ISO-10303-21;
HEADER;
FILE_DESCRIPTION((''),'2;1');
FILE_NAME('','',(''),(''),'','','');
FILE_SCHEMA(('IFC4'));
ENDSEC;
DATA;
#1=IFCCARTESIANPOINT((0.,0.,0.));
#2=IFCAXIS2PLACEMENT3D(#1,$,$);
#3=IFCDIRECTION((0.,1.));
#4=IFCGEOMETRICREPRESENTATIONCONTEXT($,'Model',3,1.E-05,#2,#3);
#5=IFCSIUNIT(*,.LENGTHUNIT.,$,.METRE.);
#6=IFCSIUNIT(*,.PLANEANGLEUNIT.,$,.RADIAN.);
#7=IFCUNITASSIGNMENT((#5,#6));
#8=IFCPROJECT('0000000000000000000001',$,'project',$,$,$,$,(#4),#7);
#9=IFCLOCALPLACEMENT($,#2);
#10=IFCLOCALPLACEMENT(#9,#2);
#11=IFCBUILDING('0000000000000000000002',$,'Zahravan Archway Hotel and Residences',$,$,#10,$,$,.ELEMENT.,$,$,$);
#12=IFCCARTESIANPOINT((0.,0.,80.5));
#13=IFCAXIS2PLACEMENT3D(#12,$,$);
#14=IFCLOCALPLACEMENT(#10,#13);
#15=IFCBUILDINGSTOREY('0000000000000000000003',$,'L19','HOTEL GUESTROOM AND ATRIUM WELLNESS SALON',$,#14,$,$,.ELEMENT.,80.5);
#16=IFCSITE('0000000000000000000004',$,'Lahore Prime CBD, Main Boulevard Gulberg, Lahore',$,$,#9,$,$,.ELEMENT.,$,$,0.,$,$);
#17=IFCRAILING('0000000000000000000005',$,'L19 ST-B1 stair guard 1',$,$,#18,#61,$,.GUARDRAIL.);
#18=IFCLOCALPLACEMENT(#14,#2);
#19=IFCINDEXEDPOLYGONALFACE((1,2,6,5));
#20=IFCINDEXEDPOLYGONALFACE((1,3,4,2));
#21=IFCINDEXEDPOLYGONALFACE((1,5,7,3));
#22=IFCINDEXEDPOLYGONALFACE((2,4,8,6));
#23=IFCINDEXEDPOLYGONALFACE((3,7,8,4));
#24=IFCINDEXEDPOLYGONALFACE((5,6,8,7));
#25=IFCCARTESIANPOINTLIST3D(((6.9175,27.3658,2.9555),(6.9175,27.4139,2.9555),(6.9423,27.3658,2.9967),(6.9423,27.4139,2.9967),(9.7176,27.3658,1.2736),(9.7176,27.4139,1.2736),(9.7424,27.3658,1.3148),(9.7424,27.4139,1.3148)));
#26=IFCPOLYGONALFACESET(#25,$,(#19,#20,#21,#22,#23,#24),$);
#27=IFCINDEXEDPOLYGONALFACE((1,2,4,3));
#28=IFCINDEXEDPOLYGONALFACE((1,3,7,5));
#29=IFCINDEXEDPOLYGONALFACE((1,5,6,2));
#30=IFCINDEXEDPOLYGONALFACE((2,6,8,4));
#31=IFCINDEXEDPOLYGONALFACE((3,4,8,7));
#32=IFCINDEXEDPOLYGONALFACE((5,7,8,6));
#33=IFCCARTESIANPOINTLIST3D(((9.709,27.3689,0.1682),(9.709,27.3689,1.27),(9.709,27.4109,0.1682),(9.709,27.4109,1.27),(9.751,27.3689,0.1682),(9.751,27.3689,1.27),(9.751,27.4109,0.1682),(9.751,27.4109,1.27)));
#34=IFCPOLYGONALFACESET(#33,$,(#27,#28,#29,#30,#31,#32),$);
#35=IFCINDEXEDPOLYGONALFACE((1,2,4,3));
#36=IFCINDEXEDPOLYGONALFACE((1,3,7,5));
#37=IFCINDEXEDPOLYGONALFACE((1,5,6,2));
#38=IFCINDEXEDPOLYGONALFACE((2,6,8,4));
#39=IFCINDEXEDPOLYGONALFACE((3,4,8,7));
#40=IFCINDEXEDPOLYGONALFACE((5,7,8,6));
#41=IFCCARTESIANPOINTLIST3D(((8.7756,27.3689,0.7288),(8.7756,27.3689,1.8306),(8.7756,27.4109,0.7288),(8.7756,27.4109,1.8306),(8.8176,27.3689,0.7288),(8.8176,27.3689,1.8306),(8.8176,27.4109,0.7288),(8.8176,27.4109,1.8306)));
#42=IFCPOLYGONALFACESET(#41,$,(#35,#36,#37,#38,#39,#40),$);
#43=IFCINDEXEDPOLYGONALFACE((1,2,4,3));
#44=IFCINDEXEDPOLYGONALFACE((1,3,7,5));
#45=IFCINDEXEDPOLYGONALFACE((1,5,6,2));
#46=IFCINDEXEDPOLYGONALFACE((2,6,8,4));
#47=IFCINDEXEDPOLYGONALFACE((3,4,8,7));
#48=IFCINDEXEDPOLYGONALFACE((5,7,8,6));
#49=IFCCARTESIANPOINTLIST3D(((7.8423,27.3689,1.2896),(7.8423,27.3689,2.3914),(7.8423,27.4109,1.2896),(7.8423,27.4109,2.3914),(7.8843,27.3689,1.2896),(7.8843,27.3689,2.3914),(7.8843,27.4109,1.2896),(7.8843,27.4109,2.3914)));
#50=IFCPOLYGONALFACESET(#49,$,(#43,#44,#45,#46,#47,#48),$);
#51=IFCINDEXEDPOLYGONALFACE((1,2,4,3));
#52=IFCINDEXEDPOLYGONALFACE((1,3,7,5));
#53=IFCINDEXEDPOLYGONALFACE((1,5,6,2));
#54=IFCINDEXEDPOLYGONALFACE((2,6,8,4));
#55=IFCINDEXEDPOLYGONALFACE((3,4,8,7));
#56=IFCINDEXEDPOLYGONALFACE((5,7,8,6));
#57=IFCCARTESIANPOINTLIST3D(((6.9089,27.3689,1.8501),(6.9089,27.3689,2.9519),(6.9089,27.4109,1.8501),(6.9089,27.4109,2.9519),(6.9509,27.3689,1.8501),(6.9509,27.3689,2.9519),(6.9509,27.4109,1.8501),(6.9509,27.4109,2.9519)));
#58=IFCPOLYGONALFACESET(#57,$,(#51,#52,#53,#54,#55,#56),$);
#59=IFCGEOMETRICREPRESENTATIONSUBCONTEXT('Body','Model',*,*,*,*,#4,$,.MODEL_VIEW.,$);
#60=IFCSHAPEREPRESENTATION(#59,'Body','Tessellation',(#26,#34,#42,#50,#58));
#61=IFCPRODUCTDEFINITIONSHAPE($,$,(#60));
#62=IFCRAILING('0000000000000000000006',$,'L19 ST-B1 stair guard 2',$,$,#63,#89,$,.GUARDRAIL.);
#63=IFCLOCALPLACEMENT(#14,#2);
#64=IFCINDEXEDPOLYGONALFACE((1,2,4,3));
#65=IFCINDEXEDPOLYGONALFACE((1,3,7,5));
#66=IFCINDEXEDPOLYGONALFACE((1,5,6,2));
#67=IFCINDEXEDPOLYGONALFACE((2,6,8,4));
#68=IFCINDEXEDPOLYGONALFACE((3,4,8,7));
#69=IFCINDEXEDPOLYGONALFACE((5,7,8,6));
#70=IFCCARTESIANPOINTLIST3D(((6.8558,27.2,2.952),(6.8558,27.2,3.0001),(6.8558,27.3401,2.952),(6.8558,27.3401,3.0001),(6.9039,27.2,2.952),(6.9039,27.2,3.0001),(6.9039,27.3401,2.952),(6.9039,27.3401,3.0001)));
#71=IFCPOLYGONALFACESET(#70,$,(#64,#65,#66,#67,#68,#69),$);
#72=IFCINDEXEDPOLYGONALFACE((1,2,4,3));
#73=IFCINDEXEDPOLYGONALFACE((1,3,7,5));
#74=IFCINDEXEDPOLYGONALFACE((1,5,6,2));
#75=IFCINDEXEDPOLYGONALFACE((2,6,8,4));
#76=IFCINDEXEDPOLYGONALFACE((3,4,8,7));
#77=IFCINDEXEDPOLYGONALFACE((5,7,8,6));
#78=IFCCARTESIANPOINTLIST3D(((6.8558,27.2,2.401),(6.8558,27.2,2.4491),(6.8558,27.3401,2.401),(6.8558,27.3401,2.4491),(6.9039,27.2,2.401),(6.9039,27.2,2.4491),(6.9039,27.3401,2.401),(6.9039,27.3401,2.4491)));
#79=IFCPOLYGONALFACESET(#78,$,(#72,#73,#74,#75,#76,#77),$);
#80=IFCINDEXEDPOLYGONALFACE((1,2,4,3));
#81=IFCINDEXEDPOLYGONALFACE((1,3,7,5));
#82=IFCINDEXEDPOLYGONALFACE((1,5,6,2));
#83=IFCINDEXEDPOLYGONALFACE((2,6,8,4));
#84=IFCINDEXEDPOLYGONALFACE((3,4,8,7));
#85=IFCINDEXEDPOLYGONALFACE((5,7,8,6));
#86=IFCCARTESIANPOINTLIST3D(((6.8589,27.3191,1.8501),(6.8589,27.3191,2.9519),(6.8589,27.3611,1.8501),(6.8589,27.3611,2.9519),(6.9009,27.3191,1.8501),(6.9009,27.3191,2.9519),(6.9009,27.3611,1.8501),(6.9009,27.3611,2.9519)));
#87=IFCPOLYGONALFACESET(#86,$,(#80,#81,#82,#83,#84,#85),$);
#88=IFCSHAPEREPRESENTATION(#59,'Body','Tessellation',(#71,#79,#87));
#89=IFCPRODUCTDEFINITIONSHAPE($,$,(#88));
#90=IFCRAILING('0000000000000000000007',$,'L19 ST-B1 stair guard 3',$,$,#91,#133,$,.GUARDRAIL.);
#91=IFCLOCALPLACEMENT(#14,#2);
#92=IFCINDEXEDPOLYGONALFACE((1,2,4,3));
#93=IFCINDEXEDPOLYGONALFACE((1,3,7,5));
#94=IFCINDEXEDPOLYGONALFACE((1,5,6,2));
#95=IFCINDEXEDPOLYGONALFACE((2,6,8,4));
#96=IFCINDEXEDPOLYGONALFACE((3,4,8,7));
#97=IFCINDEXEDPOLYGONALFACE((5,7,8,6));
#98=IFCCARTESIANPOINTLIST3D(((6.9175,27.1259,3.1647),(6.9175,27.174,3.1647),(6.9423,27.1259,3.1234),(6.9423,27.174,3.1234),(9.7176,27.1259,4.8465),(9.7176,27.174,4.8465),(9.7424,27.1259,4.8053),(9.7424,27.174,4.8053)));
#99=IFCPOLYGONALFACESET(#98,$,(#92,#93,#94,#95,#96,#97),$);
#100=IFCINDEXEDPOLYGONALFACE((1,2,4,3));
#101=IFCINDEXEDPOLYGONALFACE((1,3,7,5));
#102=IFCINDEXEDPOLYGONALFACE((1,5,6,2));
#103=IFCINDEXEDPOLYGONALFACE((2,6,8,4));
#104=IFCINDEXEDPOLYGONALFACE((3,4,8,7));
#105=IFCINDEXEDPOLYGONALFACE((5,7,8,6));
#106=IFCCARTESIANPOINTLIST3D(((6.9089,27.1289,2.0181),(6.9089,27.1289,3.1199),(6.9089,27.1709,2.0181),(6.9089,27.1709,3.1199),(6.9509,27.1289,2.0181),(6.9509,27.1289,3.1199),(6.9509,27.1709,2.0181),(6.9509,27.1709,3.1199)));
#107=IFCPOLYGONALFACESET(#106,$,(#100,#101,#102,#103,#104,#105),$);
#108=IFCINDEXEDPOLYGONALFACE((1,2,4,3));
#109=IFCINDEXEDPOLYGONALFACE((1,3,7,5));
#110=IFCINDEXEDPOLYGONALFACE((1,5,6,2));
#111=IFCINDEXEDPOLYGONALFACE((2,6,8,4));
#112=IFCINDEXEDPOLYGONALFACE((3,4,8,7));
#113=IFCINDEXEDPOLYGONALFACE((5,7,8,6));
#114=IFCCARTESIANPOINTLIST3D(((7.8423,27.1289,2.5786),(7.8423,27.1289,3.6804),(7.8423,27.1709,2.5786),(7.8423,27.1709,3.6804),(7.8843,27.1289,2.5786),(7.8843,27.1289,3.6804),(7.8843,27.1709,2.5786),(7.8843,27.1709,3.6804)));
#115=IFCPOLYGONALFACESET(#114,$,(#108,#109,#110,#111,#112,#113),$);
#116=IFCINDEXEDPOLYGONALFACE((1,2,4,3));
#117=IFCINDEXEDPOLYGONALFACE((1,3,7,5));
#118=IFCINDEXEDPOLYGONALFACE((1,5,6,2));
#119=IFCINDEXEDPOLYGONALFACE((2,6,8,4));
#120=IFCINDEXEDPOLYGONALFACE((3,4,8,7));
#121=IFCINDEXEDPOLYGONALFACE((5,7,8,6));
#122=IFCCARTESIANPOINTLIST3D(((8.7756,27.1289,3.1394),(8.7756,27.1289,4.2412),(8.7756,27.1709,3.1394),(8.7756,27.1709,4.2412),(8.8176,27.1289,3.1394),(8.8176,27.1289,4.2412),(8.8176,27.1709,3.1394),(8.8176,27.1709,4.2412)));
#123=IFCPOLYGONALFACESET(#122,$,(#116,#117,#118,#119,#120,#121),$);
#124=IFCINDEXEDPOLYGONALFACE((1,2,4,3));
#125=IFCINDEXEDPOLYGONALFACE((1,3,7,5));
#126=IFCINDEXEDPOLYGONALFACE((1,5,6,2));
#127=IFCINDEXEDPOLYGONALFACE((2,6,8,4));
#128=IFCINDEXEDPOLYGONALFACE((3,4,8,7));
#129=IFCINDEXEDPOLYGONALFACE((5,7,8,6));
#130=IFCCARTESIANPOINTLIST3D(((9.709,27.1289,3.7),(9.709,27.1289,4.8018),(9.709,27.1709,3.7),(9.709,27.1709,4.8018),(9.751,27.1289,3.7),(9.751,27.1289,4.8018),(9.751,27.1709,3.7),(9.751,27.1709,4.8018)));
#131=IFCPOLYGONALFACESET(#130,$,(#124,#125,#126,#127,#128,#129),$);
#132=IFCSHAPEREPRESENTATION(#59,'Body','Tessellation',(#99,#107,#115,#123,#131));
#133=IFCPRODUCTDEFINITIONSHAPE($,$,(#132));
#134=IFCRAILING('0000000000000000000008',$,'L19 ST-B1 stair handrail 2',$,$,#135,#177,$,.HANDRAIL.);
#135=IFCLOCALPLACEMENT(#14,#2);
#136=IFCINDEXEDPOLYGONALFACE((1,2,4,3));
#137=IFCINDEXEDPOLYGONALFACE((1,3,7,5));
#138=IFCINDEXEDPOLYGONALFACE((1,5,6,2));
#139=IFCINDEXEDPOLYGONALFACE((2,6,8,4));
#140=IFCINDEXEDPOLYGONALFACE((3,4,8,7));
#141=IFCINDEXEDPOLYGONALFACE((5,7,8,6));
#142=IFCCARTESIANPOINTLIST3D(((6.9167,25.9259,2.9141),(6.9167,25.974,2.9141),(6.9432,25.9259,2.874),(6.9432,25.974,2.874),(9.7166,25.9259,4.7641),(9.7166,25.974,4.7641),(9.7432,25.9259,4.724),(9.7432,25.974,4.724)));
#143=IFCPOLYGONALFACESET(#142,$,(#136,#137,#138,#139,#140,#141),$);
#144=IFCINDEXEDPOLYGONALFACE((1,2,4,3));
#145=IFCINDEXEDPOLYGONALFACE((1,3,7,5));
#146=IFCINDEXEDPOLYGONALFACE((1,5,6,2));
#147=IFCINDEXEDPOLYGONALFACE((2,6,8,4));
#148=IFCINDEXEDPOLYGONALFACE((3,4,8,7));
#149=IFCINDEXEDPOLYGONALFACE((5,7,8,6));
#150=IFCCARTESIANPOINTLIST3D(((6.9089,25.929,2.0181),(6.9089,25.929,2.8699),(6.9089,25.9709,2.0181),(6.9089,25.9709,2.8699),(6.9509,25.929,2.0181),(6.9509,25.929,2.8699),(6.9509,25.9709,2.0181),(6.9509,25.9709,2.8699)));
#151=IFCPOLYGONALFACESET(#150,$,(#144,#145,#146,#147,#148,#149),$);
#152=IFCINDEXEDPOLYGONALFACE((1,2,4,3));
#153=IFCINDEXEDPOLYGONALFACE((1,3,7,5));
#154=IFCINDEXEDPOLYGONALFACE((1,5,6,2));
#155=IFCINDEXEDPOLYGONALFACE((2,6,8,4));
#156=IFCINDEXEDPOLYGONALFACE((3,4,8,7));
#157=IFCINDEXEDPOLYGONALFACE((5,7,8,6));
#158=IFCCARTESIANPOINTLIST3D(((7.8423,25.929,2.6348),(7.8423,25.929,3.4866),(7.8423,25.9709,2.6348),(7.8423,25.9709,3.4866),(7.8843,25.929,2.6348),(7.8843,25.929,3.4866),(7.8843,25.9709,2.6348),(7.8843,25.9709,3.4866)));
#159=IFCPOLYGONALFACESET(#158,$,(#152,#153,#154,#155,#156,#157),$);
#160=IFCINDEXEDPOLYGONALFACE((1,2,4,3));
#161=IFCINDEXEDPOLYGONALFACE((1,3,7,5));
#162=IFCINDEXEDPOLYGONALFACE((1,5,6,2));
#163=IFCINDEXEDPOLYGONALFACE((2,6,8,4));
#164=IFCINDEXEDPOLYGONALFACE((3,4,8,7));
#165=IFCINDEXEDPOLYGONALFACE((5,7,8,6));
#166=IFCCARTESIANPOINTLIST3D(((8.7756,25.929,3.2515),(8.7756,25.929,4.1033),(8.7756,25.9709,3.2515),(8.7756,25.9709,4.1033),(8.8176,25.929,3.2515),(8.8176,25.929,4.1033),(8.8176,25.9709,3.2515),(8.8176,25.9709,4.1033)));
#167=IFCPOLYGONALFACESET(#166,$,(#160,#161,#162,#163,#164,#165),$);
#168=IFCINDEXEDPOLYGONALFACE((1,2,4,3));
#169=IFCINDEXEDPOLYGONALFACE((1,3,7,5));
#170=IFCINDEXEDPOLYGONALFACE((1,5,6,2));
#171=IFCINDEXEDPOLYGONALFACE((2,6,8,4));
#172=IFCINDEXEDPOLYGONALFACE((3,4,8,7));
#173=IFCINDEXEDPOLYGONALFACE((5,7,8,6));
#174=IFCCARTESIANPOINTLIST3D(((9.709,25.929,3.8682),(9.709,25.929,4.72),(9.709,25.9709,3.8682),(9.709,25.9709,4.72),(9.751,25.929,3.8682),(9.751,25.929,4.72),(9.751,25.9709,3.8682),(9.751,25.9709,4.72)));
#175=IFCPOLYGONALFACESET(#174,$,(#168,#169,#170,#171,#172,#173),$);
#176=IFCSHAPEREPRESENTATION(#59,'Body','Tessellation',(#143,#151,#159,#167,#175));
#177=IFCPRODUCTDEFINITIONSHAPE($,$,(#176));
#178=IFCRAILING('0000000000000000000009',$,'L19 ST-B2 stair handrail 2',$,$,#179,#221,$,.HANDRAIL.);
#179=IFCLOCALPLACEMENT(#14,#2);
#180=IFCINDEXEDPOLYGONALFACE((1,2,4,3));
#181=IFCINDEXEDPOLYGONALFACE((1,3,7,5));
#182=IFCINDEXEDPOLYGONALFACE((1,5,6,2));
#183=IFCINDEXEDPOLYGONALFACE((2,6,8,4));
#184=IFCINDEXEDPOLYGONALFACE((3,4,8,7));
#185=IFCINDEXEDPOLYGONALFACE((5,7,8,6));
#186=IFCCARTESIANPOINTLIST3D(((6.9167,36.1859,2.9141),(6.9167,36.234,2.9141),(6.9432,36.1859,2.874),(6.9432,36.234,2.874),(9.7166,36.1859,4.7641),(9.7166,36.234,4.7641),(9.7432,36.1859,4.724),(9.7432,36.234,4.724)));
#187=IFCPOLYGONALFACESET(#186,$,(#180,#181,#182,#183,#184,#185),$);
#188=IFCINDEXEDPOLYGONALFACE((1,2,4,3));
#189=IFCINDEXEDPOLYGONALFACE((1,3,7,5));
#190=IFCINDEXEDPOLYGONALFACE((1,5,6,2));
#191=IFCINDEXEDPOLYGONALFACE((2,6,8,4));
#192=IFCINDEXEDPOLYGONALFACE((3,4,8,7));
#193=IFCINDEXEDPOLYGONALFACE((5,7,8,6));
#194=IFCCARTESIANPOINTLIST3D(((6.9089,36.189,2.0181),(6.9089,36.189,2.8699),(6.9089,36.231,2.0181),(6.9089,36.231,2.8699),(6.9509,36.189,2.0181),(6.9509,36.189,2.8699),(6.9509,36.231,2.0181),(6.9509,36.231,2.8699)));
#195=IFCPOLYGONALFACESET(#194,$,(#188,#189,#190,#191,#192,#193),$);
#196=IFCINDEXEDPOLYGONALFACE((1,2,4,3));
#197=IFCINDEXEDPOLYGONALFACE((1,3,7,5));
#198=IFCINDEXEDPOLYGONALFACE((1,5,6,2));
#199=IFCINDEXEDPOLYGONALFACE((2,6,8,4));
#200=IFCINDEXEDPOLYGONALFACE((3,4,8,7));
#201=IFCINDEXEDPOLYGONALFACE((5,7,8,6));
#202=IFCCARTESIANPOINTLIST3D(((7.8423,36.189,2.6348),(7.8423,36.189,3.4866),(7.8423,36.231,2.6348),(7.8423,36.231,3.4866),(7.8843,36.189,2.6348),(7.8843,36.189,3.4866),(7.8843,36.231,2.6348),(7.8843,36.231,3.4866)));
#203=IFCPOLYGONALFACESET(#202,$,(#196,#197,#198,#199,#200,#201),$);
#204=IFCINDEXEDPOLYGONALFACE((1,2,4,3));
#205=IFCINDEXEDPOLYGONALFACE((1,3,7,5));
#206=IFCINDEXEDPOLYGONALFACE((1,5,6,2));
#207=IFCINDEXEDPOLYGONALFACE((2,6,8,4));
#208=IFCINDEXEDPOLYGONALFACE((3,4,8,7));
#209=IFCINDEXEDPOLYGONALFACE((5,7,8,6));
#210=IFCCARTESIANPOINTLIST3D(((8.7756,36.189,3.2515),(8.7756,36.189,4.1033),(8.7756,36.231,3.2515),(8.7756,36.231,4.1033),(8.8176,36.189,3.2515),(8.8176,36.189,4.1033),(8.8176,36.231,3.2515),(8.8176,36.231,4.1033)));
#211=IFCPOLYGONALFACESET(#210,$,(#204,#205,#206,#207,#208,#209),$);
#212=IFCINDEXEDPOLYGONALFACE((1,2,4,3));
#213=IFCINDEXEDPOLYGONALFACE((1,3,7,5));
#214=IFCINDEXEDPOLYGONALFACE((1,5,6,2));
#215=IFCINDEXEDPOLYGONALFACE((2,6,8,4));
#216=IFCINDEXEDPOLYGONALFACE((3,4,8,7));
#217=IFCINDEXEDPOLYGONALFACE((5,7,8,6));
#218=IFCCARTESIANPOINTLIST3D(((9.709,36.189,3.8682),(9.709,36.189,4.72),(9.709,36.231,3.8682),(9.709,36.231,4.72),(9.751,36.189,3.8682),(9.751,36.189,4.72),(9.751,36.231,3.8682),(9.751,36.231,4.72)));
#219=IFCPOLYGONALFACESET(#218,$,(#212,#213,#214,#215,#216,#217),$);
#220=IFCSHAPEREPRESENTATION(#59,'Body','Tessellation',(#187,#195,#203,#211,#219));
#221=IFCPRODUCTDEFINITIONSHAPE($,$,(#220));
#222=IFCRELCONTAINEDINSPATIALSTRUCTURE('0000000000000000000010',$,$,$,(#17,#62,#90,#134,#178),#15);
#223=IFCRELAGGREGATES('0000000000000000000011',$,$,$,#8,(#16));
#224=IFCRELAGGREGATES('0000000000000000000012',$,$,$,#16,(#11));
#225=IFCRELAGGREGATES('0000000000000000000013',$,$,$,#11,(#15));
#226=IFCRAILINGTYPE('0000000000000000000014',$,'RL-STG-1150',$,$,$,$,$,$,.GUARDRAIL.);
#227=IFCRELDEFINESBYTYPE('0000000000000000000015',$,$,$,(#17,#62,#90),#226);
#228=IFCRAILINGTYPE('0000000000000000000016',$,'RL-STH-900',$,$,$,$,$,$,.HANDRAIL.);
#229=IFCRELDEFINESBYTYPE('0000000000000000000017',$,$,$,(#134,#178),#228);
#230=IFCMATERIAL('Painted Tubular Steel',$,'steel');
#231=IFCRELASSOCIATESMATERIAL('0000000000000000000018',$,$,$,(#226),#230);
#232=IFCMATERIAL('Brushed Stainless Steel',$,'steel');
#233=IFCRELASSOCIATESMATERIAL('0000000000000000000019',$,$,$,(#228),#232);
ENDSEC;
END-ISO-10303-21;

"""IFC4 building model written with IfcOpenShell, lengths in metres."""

from ifc_helpers import new_model, si_unit, direction, frame, origin, origin_2d, place, context, subcontext, project, spatial, rectangle, extrude, material, type_object, element, save


model = new_model("IFC4")

# Units and contexts
model_context = context("Model", 3, precision=1e-05, world=origin(), true_north=direction((0.0, 1.0)))
body_context = subcontext(model_context, "Body", "Model", "MODEL_VIEW")
ifc_project = project(units=[si_unit("LENGTHUNIT", "METRE"), si_unit("PLANEANGLEUNIT", "RADIAN")], contexts=[model_context])

# Site, building, storey
site_placement = place(None, origin())
site = spatial("IfcSite", under=ifc_project, at=site_placement, Name="Lahore Prime CBD, Main Boulevard Gulberg, Lahore", CompositionType="ELEMENT", RefElevation=0.0)
building_placement = place(site_placement, origin())
building = spatial("IfcBuilding", under=site, at=building_placement, Name="Zahravan Archway Hotel and Residences", CompositionType="ELEMENT")
storey_placement = place(building_placement, frame((0.0, 0.0, 80.5)))
storey = spatial("IfcBuildingStorey", under=building, at=storey_placement, Name="L19", Description="HOTEL GUESTROOM AND ATRIUM WELLNESS SALON", CompositionType="ELEMENT", Elevation=80.5)

# Shared definitions
ifc_material_1 = material(Name="Brushed Stainless Steel", Category="steel")

# Railings
ifc_material_2 = material(Name="Painted Tubular Steel", Category="steel")
railing_type_1 = type_object("IfcRailingType", Name="RL-STG-1150", PredefinedType="GUARDRAIL", material=ifc_material_2)
railing_1_placement = place(storey_placement, frame((9.73, 27.3899, 0.1682)))
element("IfcRailing", 1, at=railing_1_placement, inside=storey, type_object=railing_type_1, Name="L19 ST-B1 stair guard 1", PredefinedType="GUARDRAIL", context=body_context, shape_type="SweptSolid", body=[
    extrude(rectangle(XDim=0.0481, YDim=0.0481, at=origin_2d()), frame((0.0, 0.0, 1.126), z_axis=(-0.857242, 0.0, 0.514913), x_axis=(0.0, -1.0, 0.0)), (0.0, 0.0, 1.0), 3.2664),
    extrude(rectangle(XDim=0.042, YDim=0.042, at=origin_2d()), origin(), (0.0, 0.0, 1.0), 1.1018),
    extrude(rectangle(XDim=0.042, YDim=0.042, at=origin_2d()), frame((-0.9333, 0.0, 0.5605)), (0.0, 0.0, 1.0), 1.1018),
    extrude(rectangle(XDim=0.042, YDim=0.042, at=origin_2d()), frame((-1.8667, 0.0, 1.1213)), (0.0, 0.0, 1.0), 1.1018),
    extrude(rectangle(XDim=0.042, YDim=0.042, at=origin_2d()), frame((-2.8, 0.0, 1.6819)), (0.0, 0.0, 1.0), 1.1018),
])
railing_2_placement = place(storey_placement, frame((6.8799, 27.3401, 1.8501)))
element("IfcRailing", 2, at=railing_2_placement, inside=storey, type_object=railing_type_1, Name="L19 ST-B1 stair guard 2", PredefinedType="GUARDRAIL", context=body_context, shape_type="SweptSolid", body=[
    extrude(rectangle(XDim=0.0481, YDim=0.0481, at=origin_2d()), frame((0.0, 0.0, 1.126), z_axis=(0.0, -1.0, 0.0), x_axis=(1.0, 0.0, 0.0)), (0.0, 0.0, 1.0), 0.1401),
    extrude(rectangle(XDim=0.0481, YDim=0.0481, at=origin_2d()), frame((0.0, 0.0, 0.575), z_axis=(0.0, -1.0, 0.0), x_axis=(1.0, 0.0, 0.0)), (0.0, 0.0, 1.0), 0.1401),
    extrude(rectangle(XDim=0.042, YDim=0.042, at=origin_2d()), origin(), (0.0, 0.0, 1.0), 1.1018),
])
railing_3_placement = place(storey_placement, frame((6.9299, 27.1499, 2.0181)))
element("IfcRailing", 3, at=railing_3_placement, inside=storey, type_object=railing_type_1, Name="L19 ST-B1 stair guard 3", PredefinedType="GUARDRAIL", context=body_context, shape_type="SweptSolid", body=[
    extrude(rectangle(XDim=0.0481, YDim=0.0481, at=origin_2d()), frame((0.0, 0.0, 1.126), z_axis=(0.857242, 0.0, 0.514913), x_axis=(0.0, 1.0, 0.0)), (0.0, 0.0, 1.0), 3.2664),
    extrude(rectangle(XDim=0.042, YDim=0.042, at=origin_2d()), origin(), (0.0, 0.0, 1.0), 1.1018),
    extrude(rectangle(XDim=0.042, YDim=0.042, at=origin_2d()), frame((0.9333, 0.0, 0.5605)), (0.0, 0.0, 1.0), 1.1018),
    extrude(rectangle(XDim=0.042, YDim=0.042, at=origin_2d()), frame((1.8667, 0.0, 1.1213)), (0.0, 0.0, 1.0), 1.1018),
    extrude(rectangle(XDim=0.042, YDim=0.042, at=origin_2d()), frame((2.8, 0.0, 1.6819)), (0.0, 0.0, 1.0), 1.1018),
])
railing_type_2 = type_object("IfcRailingType", Name="RL-STH-900", PredefinedType="HANDRAIL", material=ifc_material_1)
for number, where, name in (
    (4, (6.9299, 25.95, 2.0181), "L19 ST-B1 stair handrail 2"),
    (5, (6.9299, 36.21, 2.0181), "L19 ST-B2 stair handrail 2"),
):
    element("IfcRailing", number, at=place(storey_placement, frame(where)), inside=storey, type_object=railing_type_2, Name=name, PredefinedType="HANDRAIL", context=body_context, shape_type="SweptSolid", body=[
        extrude(rectangle(XDim=0.0481, YDim=0.0481, at=origin_2d()), frame((0.0, 0.0, 0.876), z_axis=(0.834326, 0.0, 0.551271), x_axis=(0.0, 1.0, 0.0)), (0.0, 0.0, 1.0), 3.356),
        extrude(rectangle(XDim=0.042, YDim=0.042, at=origin_2d()), origin(), (0.0, 0.0, 1.0), 0.8518),
        extrude(rectangle(XDim=0.042, YDim=0.042, at=origin_2d()), frame((0.9333, 0.0, 0.6167)), (0.0, 0.0, 1.0), 0.8518),
        extrude(rectangle(XDim=0.042, YDim=0.042, at=origin_2d()), frame((1.8667, 0.0, 1.2334)), (0.0, 0.0, 1.0), 0.8518),
        extrude(rectangle(XDim=0.042, YDim=0.042, at=origin_2d()), frame((2.8, 0.0, 1.8501)), (0.0, 0.0, 1.0), 0.8518),
    ])

save(model, "model.ifc")
